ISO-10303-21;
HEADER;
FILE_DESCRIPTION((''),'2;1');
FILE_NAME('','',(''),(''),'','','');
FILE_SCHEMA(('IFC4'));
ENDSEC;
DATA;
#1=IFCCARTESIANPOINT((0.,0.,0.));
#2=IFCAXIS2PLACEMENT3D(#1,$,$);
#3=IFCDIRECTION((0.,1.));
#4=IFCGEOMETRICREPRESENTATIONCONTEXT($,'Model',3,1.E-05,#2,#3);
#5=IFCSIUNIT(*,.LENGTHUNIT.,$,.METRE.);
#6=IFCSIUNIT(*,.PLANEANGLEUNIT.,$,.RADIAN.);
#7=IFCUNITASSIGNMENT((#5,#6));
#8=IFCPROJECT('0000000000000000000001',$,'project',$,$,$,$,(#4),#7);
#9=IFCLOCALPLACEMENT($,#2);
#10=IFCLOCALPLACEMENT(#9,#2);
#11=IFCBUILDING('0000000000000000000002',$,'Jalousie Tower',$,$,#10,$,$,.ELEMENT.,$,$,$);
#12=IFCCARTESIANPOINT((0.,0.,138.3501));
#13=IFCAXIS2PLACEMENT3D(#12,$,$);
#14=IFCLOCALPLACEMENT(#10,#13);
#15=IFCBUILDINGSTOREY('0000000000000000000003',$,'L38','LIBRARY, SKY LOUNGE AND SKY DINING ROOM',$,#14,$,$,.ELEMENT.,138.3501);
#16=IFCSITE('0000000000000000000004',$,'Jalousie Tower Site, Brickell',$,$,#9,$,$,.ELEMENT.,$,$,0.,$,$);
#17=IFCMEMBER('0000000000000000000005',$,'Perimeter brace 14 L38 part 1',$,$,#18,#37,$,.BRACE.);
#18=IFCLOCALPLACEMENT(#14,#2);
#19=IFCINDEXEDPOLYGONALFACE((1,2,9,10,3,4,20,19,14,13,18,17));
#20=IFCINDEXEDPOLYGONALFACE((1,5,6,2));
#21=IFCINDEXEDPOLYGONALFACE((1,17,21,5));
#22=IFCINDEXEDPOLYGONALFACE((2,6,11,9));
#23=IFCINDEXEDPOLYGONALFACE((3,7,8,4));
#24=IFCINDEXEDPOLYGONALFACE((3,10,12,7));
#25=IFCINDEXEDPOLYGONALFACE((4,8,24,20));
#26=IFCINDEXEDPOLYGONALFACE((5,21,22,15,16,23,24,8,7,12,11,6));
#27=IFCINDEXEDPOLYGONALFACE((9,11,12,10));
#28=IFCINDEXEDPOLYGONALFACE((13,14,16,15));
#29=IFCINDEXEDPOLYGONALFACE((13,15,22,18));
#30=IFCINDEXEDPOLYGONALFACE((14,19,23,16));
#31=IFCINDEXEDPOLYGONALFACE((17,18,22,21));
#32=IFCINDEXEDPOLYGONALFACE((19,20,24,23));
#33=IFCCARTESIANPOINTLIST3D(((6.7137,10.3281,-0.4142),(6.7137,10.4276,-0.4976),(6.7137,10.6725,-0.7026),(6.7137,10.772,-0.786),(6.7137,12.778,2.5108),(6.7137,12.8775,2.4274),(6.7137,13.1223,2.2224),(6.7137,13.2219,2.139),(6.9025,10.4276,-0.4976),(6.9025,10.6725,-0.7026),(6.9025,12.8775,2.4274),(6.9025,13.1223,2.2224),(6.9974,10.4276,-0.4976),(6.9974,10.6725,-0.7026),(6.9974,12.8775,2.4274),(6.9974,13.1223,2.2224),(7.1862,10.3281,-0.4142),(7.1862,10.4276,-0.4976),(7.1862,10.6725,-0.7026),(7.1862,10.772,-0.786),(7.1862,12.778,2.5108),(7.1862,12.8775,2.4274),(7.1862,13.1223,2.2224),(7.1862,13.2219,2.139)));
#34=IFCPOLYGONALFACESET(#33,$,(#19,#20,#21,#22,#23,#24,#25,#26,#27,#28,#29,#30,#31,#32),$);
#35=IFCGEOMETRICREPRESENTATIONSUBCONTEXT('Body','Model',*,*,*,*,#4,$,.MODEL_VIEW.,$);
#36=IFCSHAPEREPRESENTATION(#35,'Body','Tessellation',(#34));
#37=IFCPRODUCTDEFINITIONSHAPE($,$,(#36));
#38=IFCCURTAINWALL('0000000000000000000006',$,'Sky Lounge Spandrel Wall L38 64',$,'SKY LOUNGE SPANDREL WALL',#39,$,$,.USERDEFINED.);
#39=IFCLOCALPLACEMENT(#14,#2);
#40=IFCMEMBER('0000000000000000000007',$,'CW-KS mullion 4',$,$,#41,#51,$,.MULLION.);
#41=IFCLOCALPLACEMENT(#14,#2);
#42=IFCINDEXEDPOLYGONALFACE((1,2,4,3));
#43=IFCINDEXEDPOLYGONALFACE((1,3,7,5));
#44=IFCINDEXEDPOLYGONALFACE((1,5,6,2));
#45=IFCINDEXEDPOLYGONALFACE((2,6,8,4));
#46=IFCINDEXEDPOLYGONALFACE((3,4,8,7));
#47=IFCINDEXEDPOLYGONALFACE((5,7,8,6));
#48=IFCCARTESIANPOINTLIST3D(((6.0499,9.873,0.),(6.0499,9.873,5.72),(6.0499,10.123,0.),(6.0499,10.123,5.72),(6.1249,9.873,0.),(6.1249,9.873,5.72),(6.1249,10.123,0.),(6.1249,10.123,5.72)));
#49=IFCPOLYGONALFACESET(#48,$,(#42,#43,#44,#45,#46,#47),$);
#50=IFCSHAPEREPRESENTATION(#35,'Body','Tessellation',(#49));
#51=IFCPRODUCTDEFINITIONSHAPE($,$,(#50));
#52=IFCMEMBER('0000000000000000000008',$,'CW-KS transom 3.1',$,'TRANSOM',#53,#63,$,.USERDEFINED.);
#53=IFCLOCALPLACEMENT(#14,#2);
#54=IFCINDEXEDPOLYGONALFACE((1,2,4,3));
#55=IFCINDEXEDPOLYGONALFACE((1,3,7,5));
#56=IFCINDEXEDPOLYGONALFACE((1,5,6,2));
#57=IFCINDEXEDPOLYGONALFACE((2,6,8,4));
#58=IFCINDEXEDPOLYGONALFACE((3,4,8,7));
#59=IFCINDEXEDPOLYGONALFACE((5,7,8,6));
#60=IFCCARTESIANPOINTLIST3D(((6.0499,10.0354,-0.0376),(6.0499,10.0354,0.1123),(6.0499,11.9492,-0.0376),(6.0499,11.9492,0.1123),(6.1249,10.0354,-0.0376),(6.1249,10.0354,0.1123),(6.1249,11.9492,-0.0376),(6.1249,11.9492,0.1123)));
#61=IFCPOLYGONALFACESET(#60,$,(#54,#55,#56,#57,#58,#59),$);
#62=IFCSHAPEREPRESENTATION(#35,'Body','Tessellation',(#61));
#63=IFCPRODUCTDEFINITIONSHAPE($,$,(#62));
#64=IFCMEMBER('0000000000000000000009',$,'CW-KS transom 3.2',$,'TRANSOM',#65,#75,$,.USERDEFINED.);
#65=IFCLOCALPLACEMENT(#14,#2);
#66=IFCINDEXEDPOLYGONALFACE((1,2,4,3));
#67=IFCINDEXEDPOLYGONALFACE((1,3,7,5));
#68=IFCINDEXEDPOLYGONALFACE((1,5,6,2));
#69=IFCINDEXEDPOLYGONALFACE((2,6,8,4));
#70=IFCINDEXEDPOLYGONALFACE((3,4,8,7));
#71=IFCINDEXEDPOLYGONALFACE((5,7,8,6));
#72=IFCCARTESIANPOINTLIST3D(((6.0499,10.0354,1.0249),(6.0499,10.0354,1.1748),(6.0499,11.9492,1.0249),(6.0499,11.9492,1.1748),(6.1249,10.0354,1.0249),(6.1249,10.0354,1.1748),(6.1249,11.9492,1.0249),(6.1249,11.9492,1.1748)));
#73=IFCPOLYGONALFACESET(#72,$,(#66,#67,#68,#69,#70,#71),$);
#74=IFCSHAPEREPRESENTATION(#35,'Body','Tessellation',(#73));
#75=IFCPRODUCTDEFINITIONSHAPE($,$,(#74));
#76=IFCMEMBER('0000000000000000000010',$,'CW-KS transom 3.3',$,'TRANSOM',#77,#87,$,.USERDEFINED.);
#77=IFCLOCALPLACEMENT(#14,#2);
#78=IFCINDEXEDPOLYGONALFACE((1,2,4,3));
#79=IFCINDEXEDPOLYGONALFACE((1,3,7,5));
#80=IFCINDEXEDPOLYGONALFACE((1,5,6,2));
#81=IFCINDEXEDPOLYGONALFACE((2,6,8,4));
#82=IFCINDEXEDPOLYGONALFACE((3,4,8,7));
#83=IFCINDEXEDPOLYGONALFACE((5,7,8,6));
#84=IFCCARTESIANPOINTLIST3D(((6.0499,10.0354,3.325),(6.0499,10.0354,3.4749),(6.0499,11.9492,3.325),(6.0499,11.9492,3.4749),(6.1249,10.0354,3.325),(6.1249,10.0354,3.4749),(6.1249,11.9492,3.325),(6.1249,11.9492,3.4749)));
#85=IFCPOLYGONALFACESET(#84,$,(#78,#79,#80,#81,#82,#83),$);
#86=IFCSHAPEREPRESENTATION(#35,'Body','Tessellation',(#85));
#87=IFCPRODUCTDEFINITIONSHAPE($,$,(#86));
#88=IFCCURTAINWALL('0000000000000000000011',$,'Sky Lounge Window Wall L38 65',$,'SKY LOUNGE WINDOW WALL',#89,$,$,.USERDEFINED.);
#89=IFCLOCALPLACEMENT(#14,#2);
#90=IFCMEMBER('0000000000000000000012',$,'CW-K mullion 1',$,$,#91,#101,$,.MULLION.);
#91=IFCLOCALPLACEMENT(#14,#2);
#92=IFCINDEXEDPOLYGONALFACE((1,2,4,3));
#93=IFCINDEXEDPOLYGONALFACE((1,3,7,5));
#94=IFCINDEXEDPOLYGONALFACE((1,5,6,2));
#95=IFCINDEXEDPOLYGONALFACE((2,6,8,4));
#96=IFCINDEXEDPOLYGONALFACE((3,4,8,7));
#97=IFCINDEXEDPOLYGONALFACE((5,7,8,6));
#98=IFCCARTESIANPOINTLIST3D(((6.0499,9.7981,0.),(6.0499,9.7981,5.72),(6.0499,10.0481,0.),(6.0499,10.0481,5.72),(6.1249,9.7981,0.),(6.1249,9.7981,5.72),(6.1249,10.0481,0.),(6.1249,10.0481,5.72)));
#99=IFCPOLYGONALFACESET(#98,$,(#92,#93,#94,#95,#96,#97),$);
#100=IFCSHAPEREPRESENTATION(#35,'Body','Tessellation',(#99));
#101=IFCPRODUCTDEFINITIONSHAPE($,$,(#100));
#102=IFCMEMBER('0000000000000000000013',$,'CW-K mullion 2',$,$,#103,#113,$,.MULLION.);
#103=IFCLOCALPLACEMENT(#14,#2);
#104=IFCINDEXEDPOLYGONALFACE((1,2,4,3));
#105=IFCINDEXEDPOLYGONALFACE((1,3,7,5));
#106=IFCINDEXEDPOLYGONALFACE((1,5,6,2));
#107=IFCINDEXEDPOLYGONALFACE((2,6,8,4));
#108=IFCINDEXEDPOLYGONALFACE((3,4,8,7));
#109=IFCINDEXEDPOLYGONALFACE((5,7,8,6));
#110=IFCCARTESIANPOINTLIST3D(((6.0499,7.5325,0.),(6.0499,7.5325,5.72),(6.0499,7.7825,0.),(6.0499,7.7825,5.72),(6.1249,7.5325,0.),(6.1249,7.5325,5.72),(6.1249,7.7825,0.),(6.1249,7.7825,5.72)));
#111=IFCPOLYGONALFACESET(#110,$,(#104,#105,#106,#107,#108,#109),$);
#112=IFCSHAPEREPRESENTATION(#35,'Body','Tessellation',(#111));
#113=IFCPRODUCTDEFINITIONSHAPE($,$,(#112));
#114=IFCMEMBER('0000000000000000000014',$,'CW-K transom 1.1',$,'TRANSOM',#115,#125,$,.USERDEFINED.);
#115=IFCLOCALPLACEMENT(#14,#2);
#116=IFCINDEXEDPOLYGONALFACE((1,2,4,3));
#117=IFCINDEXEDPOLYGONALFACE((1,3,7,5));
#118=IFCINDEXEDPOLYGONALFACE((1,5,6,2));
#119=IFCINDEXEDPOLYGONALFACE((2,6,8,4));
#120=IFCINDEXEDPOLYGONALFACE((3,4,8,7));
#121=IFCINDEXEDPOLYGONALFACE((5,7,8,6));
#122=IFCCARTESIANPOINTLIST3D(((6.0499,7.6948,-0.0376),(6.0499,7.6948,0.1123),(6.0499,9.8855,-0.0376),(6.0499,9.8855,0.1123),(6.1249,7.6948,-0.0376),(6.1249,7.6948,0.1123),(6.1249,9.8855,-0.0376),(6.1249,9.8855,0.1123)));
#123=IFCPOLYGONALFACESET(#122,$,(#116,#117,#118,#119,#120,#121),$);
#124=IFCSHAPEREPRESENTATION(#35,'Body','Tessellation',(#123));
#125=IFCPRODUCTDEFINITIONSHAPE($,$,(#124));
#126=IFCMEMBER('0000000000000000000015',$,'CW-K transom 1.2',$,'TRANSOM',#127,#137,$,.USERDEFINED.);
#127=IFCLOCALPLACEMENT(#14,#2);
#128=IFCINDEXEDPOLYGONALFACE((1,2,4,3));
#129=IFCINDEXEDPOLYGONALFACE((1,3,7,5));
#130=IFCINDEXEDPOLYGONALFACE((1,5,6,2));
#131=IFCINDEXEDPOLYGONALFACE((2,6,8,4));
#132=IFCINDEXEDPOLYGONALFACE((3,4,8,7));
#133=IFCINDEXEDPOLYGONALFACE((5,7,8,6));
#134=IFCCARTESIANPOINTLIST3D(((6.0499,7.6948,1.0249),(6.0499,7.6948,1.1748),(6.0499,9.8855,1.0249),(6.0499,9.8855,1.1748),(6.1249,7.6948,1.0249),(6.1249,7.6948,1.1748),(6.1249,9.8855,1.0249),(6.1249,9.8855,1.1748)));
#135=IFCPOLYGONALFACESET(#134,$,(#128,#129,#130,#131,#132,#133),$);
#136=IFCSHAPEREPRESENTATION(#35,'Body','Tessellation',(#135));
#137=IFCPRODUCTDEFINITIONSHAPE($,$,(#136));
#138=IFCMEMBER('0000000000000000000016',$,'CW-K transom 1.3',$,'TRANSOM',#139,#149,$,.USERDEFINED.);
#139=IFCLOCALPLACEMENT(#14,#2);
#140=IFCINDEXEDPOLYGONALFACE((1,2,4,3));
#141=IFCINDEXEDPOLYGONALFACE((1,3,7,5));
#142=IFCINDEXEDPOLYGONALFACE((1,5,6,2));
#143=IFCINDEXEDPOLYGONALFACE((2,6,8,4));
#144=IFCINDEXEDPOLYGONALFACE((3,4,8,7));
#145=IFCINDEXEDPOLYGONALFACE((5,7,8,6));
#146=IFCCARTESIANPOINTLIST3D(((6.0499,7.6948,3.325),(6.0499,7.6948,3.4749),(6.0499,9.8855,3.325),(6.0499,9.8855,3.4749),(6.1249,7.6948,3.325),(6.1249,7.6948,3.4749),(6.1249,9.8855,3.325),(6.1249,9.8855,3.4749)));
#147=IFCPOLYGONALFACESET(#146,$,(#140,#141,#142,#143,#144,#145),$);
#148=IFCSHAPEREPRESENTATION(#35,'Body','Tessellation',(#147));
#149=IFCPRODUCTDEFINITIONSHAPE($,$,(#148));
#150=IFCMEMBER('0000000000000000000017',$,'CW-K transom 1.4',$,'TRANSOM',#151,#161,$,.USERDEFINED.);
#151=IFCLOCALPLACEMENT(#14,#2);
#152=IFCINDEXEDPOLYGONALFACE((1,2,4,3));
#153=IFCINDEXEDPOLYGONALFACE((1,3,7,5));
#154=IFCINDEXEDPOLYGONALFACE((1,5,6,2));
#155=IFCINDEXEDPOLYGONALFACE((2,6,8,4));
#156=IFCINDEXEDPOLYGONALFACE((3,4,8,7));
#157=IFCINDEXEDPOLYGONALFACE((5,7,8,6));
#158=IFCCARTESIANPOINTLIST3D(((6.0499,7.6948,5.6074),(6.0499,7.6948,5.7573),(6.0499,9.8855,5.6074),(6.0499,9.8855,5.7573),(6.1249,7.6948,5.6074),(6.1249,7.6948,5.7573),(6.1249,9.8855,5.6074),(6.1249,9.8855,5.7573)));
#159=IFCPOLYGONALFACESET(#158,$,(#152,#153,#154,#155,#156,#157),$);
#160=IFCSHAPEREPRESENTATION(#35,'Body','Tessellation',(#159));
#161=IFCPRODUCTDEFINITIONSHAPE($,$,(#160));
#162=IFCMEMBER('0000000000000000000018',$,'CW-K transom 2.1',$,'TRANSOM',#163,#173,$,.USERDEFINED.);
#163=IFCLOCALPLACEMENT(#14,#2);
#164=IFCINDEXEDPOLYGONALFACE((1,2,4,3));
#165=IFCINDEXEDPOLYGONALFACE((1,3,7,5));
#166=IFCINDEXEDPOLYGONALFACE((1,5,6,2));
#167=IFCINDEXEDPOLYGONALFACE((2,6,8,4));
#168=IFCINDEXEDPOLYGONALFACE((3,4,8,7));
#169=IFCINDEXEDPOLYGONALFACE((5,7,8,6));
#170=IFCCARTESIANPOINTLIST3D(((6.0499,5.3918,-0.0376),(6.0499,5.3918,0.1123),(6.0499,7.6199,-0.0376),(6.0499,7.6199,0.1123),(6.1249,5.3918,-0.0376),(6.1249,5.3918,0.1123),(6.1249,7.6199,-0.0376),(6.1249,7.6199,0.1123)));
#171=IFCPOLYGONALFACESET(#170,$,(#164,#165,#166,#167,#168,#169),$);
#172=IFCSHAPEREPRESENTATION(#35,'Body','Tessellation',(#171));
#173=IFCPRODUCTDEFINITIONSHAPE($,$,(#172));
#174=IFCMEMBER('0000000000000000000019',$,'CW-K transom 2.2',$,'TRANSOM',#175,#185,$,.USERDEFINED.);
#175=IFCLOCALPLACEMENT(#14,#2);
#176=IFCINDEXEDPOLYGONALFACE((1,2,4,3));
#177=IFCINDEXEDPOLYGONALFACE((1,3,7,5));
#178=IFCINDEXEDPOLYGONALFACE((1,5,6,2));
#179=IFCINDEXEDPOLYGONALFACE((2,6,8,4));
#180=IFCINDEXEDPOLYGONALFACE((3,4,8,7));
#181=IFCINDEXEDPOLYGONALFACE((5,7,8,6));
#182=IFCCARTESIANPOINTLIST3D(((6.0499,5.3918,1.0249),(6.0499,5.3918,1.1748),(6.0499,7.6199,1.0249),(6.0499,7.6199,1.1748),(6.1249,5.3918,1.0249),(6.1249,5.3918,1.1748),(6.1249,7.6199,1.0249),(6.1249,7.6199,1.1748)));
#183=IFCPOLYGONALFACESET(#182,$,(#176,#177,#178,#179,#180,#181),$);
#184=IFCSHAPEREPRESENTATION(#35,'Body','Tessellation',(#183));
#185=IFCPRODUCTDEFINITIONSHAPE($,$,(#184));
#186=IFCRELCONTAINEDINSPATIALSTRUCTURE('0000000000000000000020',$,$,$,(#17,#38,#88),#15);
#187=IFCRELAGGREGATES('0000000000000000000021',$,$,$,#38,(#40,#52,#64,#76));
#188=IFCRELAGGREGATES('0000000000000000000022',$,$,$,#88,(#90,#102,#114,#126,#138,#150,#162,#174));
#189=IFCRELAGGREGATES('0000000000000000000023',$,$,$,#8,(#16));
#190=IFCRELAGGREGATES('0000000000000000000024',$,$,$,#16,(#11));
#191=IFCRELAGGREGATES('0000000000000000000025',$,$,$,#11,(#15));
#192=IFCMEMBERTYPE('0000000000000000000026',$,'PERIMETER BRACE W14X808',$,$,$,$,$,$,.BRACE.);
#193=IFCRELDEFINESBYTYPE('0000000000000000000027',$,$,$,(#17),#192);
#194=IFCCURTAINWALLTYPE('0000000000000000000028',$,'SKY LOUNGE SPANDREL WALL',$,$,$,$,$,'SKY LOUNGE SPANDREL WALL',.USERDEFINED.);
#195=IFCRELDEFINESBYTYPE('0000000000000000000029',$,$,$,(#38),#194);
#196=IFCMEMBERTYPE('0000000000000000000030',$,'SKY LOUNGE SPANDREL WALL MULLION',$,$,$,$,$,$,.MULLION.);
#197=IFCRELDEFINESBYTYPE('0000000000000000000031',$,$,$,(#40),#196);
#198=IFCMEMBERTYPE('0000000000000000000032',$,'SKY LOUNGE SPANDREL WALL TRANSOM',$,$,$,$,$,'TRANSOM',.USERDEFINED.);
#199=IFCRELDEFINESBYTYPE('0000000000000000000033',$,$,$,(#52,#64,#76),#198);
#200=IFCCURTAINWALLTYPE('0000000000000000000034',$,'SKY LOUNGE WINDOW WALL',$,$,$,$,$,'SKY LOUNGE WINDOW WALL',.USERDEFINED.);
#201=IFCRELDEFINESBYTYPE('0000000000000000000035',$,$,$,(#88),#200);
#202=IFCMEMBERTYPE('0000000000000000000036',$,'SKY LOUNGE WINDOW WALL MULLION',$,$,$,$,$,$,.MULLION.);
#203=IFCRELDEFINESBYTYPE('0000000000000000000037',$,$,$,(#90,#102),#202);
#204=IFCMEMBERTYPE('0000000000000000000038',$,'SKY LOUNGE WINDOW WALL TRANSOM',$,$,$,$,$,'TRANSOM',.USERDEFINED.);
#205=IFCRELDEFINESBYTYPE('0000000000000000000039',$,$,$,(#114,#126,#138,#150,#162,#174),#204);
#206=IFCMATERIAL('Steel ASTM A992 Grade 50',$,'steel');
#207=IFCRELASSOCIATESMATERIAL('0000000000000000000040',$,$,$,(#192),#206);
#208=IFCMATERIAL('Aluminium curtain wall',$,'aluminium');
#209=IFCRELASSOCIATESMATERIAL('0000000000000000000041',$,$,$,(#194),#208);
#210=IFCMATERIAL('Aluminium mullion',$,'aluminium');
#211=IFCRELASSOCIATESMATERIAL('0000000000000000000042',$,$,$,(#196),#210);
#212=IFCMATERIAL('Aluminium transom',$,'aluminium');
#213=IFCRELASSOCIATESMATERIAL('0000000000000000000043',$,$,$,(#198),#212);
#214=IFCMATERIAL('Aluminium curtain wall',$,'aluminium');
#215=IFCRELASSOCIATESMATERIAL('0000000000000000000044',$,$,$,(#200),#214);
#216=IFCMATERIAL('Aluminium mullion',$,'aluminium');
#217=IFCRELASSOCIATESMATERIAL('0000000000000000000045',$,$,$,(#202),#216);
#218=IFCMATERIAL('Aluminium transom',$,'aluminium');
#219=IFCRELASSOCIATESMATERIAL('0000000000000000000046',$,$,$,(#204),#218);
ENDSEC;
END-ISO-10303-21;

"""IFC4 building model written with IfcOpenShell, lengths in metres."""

from ifc_helpers import new_model, si_unit, direction, frame, origin, origin_2d, place, context, subcontext, project, spatial, rectangle, i_section, extrude, material, material_profile, profile_set, type_object, element, aggregate, save


model = new_model("IFC4")

# Units and contexts
model_context = context("Model", 3, precision=1e-05, world=origin(), true_north=direction((0.0, 1.0)))
body_context = subcontext(model_context, "Body", "Model", "MODEL_VIEW")
ifc_project = project(units=[si_unit("LENGTHUNIT", "METRE"), si_unit("PLANEANGLEUNIT", "RADIAN")], contexts=[model_context])

# Site, building, storey
site_placement = place(None, origin())
site = spatial("IfcSite", under=ifc_project, at=site_placement, Name="Jalousie Tower Site, Brickell", CompositionType="ELEMENT", RefElevation=0.0)
building_placement = place(site_placement, origin())
building = spatial("IfcBuilding", under=site, at=building_placement, Name="Jalousie Tower", CompositionType="ELEMENT")
storey_placement = place(building_placement, frame((0.0, 0.0, 138.3501)))
storey = spatial("IfcBuildingStorey", under=building, at=storey_placement, Name="L38", Description="LIBRARY, SKY LOUNGE AND SKY DINING ROOM", CompositionType="ELEMENT", Elevation=138.3501)

# Member
ifc_material_1 = material(Name="Steel ASTM A992 Grade 50", Category="steel")
ifc_material_profile_1 = material_profile(ifc_material_1, i_section(OverallWidth=0.4724, OverallDepth=0.5791, WebThickness=0.095, FlangeThickness=0.1299, at=origin_2d()), Name="W14X808")
ifc_profile_set_1 = profile_set([ifc_material_profile_1], Name="Steel ASTM A992 Grade 50")
member_type_1 = type_object("IfcMemberType", Name="PERIMETER BRACE W14X808", PredefinedType="BRACE", material=ifc_profile_set_1)
member_1_placement = place(storey_placement, frame((6.95, 10.55, -0.6001), z_axis=(0.0, 0.642102, 0.766619), x_axis=(-1.0, 0.0, 0.0)))
element("IfcMember", 1, at=member_1_placement, inside=storey, type_object=member_type_1, Name="Perimeter brace 14 L38 part 1", PredefinedType="BRACE", context=body_context, shape_type="SweptSolid", body=[
    extrude(i_section(OverallWidth=0.4724, OverallDepth=0.5791, WebThickness=0.095, FlangeThickness=0.1299, at=origin_2d()), origin(), (0.0, 0.0, 1.0), 3.8154),
])

# Curtain walls, members
ifc_material_2 = material(Name="Aluminium curtain wall", Category="aluminium")
curtain_wall_type_1 = type_object("IfcCurtainWallType", Name="SKY LOUNGE SPANDREL WALL", ElementType="SKY LOUNGE SPANDREL WALL", PredefinedType="USERDEFINED", material=ifc_material_2)
curtain_wall_1_placement = place(storey_placement, origin())
curtain_wall_1 = element("IfcCurtainWall", 2, at=curtain_wall_1_placement, inside=storey, type_object=curtain_wall_type_1, Name="Sky Lounge Spandrel Wall L38 64", ObjectType="SKY LOUNGE SPANDREL WALL", PredefinedType="USERDEFINED")
ifc_material_3 = material(Name="Aluminium mullion", Category="aluminium")
ifc_material_profile_2 = material_profile(ifc_material_3, rectangle(XDim=0.075, YDim=0.25, at=origin_2d()), Name="MULLION 75x250")
ifc_profile_set_2 = profile_set([ifc_material_profile_2], Name="Aluminium mullion")
member_type_2 = type_object("IfcMemberType", Name="SKY LOUNGE SPANDREL WALL MULLION", PredefinedType="MULLION", material=ifc_profile_set_2)
member_2_placement = place(storey_placement, frame((6.0874, 9.998, 0.0), z_axis=(0.0, 0.0, 1.0), x_axis=(1.0, 0.0, 0.0)))
member_2 = element("IfcMember", 3, at=member_2_placement, type_object=member_type_2, Name="CW-KS mullion 4", PredefinedType="MULLION", context=body_context, shape_type="SweptSolid", body=[
    extrude(rectangle(XDim=0.075, YDim=0.25, at=origin_2d()), origin(), (0.0, 0.0, 1.0), 5.72),
])
ifc_material_4 = material(Name="Aluminium transom", Category="aluminium")
ifc_material_profile_3 = material_profile(ifc_material_4, rectangle(XDim=0.075, YDim=0.1499, at=origin_2d()), Name="TRANSOM 75x150")
ifc_profile_set_3 = profile_set([ifc_material_profile_3], Name="Aluminium transom")
member_type_3 = type_object("IfcMemberType", Name="SKY LOUNGE SPANDREL WALL TRANSOM", ElementType="TRANSOM", PredefinedType="USERDEFINED", material=ifc_profile_set_3)
member_3_placement = place(storey_placement, frame((6.0874, 11.9492, 0.0374), z_axis=(0.0, -1.0, 0.0), x_axis=(1.0, 0.0, 0.0)))
member_3 = element("IfcMember", 4, at=member_3_placement, type_object=member_type_3, Name="CW-KS transom 3.1", ObjectType="TRANSOM", PredefinedType="USERDEFINED", context=body_context, shape_type="SweptSolid", body=[
    extrude(rectangle(XDim=0.075, YDim=0.1499, at=origin_2d()), origin(), (0.0, 0.0, 1.0), 1.9138),
])
member_4_placement = place(storey_placement, frame((6.0874, 11.9492, 1.0999), z_axis=(0.0, -1.0, 0.0), x_axis=(1.0, 0.0, 0.0)))
member_4 = element("IfcMember", 5, at=member_4_placement, type_object=member_type_3, Name="CW-KS transom 3.2", ObjectType="TRANSOM", PredefinedType="USERDEFINED", context=body_context, shape_type="SweptSolid", body=[
    extrude(rectangle(XDim=0.075, YDim=0.1499, at=origin_2d()), origin(), (0.0, 0.0, 1.0), 1.9138),
])
member_5_placement = place(storey_placement, frame((6.0874, 11.9492, 3.3999), z_axis=(0.0, -1.0, 0.0), x_axis=(1.0, 0.0, 0.0)))
member_5 = element("IfcMember", 6, at=member_5_placement, type_object=member_type_3, Name="CW-KS transom 3.3", ObjectType="TRANSOM", PredefinedType="USERDEFINED", context=body_context, shape_type="SweptSolid", body=[
    extrude(rectangle(XDim=0.075, YDim=0.1499, at=origin_2d()), origin(), (0.0, 0.0, 1.0), 1.9138),
])
ifc_material_5 = material(Name="Aluminium curtain wall", Category="aluminium")
curtain_wall_type_2 = type_object("IfcCurtainWallType", Name="SKY LOUNGE WINDOW WALL", ElementType="SKY LOUNGE WINDOW WALL", PredefinedType="USERDEFINED", material=ifc_material_5)
curtain_wall_2_placement = place(storey_placement, origin())
curtain_wall_2 = element("IfcCurtainWall", 7, at=curtain_wall_2_placement, inside=storey, type_object=curtain_wall_type_2, Name="Sky Lounge Window Wall L38 65", ObjectType="SKY LOUNGE WINDOW WALL", PredefinedType="USERDEFINED")
ifc_material_6 = material(Name="Aluminium mullion", Category="aluminium")
ifc_material_profile_4 = material_profile(ifc_material_6, rectangle(XDim=0.075, YDim=0.25, at=origin_2d()), Name="MULLION 75x250")
ifc_profile_set_4 = profile_set([ifc_material_profile_4], Name="Aluminium mullion")
member_type_4 = type_object("IfcMemberType", Name="SKY LOUNGE WINDOW WALL MULLION", PredefinedType="MULLION", material=ifc_profile_set_4)
member_6_placement = place(storey_placement, frame((6.0874, 9.9231, 0.0), z_axis=(0.0, 0.0, 1.0), x_axis=(1.0, 0.0, 0.0)))
member_6 = element("IfcMember", 8, at=member_6_placement, type_object=member_type_4, Name="CW-K mullion 1", PredefinedType="MULLION", context=body_context, shape_type="SweptSolid", body=[
    extrude(rectangle(XDim=0.075, YDim=0.25, at=origin_2d()), origin(), (0.0, 0.0, 1.0), 5.72),
])
member_7_placement = place(storey_placement, frame((6.0874, 7.6575, 0.0), z_axis=(0.0, 0.0, 1.0), x_axis=(1.0, 0.0, 0.0)))
member_7 = element("IfcMember", 9, at=member_7_placement, type_object=member_type_4, Name="CW-K mullion 2", PredefinedType="MULLION", context=body_context, shape_type="SweptSolid", body=[
    extrude(rectangle(XDim=0.075, YDim=0.25, at=origin_2d()), origin(), (0.0, 0.0, 1.0), 5.72),
])
ifc_material_7 = material(Name="Aluminium transom", Category="aluminium")
ifc_material_profile_5 = material_profile(ifc_material_7, rectangle(XDim=0.075, YDim=0.1499, at=origin_2d()), Name="TRANSOM 75x150")
ifc_profile_set_5 = profile_set([ifc_material_profile_5], Name="Aluminium transom")
member_type_5 = type_object("IfcMemberType", Name="SKY LOUNGE WINDOW WALL TRANSOM", ElementType="TRANSOM", PredefinedType="USERDEFINED", material=ifc_profile_set_5)
member_8_placement = place(storey_placement, frame((6.0874, 9.8855, 0.0374), z_axis=(0.0, -1.0, 0.0), x_axis=(1.0, 0.0, 0.0)))
member_8 = element("IfcMember", 10, at=member_8_placement, type_object=member_type_5, Name="CW-K transom 1.1", ObjectType="TRANSOM", PredefinedType="USERDEFINED", context=body_context, shape_type="SweptSolid", body=[
    extrude(rectangle(XDim=0.075, YDim=0.1499, at=origin_2d()), origin(), (0.0, 0.0, 1.0), 2.1907),
])
member_9_placement = place(storey_placement, frame((6.0874, 9.8855, 1.0999), z_axis=(0.0, -1.0, 0.0), x_axis=(1.0, 0.0, 0.0)))
member_9 = element("IfcMember", 11, at=member_9_placement, type_object=member_type_5, Name="CW-K transom 1.2", ObjectType="TRANSOM", PredefinedType="USERDEFINED", context=body_context, shape_type="SweptSolid", body=[
    extrude(rectangle(XDim=0.075, YDim=0.1499, at=origin_2d()), origin(), (0.0, 0.0, 1.0), 2.1907),
])
member_10_placement = place(storey_placement, frame((6.0874, 9.8855, 3.3999), z_axis=(0.0, -1.0, 0.0), x_axis=(1.0, 0.0, 0.0)))
member_10 = element("IfcMember", 12, at=member_10_placement, type_object=member_type_5, Name="CW-K transom 1.3", ObjectType="TRANSOM", PredefinedType="USERDEFINED", context=body_context, shape_type="SweptSolid", body=[
    extrude(rectangle(XDim=0.075, YDim=0.1499, at=origin_2d()), origin(), (0.0, 0.0, 1.0), 2.1907),
])
member_11_placement = place(storey_placement, frame((6.0874, 9.8855, 5.6824), z_axis=(0.0, -1.0, 0.0), x_axis=(1.0, 0.0, 0.0)))
member_11 = element("IfcMember", 13, at=member_11_placement, type_object=member_type_5, Name="CW-K transom 1.4", ObjectType="TRANSOM", PredefinedType="USERDEFINED", context=body_context, shape_type="SweptSolid", body=[
    extrude(rectangle(XDim=0.075, YDim=0.1499, at=origin_2d()), origin(), (0.0, 0.0, 1.0), 2.1907),
])
member_12_placement = place(storey_placement, frame((6.0874, 7.6199, 0.0374), z_axis=(0.0, -1.0, 0.0), x_axis=(1.0, 0.0, 0.0)))
member_12 = element("IfcMember", 14, at=member_12_placement, type_object=member_type_5, Name="CW-K transom 2.1", ObjectType="TRANSOM", PredefinedType="USERDEFINED", context=body_context, shape_type="SweptSolid", body=[
    extrude(rectangle(XDim=0.075, YDim=0.1499, at=origin_2d()), origin(), (0.0, 0.0, 1.0), 2.228),
])
member_13_placement = place(storey_placement, frame((6.0874, 7.6199, 1.0999), z_axis=(0.0, -1.0, 0.0), x_axis=(1.0, 0.0, 0.0)))
member_13 = element("IfcMember", 15, at=member_13_placement, type_object=member_type_5, Name="CW-K transom 2.2", ObjectType="TRANSOM", PredefinedType="USERDEFINED", context=body_context, shape_type="SweptSolid", body=[
    extrude(rectangle(XDim=0.075, YDim=0.1499, at=origin_2d()), origin(), (0.0, 0.0, 1.0), 2.228),
])

aggregate(curtain_wall_1, [member_2, member_3, member_4, member_5])
aggregate(curtain_wall_2, [member_6, member_7, member_8, member_9, member_10, member_11, member_12, member_13])

save(model, "model.ifc")
